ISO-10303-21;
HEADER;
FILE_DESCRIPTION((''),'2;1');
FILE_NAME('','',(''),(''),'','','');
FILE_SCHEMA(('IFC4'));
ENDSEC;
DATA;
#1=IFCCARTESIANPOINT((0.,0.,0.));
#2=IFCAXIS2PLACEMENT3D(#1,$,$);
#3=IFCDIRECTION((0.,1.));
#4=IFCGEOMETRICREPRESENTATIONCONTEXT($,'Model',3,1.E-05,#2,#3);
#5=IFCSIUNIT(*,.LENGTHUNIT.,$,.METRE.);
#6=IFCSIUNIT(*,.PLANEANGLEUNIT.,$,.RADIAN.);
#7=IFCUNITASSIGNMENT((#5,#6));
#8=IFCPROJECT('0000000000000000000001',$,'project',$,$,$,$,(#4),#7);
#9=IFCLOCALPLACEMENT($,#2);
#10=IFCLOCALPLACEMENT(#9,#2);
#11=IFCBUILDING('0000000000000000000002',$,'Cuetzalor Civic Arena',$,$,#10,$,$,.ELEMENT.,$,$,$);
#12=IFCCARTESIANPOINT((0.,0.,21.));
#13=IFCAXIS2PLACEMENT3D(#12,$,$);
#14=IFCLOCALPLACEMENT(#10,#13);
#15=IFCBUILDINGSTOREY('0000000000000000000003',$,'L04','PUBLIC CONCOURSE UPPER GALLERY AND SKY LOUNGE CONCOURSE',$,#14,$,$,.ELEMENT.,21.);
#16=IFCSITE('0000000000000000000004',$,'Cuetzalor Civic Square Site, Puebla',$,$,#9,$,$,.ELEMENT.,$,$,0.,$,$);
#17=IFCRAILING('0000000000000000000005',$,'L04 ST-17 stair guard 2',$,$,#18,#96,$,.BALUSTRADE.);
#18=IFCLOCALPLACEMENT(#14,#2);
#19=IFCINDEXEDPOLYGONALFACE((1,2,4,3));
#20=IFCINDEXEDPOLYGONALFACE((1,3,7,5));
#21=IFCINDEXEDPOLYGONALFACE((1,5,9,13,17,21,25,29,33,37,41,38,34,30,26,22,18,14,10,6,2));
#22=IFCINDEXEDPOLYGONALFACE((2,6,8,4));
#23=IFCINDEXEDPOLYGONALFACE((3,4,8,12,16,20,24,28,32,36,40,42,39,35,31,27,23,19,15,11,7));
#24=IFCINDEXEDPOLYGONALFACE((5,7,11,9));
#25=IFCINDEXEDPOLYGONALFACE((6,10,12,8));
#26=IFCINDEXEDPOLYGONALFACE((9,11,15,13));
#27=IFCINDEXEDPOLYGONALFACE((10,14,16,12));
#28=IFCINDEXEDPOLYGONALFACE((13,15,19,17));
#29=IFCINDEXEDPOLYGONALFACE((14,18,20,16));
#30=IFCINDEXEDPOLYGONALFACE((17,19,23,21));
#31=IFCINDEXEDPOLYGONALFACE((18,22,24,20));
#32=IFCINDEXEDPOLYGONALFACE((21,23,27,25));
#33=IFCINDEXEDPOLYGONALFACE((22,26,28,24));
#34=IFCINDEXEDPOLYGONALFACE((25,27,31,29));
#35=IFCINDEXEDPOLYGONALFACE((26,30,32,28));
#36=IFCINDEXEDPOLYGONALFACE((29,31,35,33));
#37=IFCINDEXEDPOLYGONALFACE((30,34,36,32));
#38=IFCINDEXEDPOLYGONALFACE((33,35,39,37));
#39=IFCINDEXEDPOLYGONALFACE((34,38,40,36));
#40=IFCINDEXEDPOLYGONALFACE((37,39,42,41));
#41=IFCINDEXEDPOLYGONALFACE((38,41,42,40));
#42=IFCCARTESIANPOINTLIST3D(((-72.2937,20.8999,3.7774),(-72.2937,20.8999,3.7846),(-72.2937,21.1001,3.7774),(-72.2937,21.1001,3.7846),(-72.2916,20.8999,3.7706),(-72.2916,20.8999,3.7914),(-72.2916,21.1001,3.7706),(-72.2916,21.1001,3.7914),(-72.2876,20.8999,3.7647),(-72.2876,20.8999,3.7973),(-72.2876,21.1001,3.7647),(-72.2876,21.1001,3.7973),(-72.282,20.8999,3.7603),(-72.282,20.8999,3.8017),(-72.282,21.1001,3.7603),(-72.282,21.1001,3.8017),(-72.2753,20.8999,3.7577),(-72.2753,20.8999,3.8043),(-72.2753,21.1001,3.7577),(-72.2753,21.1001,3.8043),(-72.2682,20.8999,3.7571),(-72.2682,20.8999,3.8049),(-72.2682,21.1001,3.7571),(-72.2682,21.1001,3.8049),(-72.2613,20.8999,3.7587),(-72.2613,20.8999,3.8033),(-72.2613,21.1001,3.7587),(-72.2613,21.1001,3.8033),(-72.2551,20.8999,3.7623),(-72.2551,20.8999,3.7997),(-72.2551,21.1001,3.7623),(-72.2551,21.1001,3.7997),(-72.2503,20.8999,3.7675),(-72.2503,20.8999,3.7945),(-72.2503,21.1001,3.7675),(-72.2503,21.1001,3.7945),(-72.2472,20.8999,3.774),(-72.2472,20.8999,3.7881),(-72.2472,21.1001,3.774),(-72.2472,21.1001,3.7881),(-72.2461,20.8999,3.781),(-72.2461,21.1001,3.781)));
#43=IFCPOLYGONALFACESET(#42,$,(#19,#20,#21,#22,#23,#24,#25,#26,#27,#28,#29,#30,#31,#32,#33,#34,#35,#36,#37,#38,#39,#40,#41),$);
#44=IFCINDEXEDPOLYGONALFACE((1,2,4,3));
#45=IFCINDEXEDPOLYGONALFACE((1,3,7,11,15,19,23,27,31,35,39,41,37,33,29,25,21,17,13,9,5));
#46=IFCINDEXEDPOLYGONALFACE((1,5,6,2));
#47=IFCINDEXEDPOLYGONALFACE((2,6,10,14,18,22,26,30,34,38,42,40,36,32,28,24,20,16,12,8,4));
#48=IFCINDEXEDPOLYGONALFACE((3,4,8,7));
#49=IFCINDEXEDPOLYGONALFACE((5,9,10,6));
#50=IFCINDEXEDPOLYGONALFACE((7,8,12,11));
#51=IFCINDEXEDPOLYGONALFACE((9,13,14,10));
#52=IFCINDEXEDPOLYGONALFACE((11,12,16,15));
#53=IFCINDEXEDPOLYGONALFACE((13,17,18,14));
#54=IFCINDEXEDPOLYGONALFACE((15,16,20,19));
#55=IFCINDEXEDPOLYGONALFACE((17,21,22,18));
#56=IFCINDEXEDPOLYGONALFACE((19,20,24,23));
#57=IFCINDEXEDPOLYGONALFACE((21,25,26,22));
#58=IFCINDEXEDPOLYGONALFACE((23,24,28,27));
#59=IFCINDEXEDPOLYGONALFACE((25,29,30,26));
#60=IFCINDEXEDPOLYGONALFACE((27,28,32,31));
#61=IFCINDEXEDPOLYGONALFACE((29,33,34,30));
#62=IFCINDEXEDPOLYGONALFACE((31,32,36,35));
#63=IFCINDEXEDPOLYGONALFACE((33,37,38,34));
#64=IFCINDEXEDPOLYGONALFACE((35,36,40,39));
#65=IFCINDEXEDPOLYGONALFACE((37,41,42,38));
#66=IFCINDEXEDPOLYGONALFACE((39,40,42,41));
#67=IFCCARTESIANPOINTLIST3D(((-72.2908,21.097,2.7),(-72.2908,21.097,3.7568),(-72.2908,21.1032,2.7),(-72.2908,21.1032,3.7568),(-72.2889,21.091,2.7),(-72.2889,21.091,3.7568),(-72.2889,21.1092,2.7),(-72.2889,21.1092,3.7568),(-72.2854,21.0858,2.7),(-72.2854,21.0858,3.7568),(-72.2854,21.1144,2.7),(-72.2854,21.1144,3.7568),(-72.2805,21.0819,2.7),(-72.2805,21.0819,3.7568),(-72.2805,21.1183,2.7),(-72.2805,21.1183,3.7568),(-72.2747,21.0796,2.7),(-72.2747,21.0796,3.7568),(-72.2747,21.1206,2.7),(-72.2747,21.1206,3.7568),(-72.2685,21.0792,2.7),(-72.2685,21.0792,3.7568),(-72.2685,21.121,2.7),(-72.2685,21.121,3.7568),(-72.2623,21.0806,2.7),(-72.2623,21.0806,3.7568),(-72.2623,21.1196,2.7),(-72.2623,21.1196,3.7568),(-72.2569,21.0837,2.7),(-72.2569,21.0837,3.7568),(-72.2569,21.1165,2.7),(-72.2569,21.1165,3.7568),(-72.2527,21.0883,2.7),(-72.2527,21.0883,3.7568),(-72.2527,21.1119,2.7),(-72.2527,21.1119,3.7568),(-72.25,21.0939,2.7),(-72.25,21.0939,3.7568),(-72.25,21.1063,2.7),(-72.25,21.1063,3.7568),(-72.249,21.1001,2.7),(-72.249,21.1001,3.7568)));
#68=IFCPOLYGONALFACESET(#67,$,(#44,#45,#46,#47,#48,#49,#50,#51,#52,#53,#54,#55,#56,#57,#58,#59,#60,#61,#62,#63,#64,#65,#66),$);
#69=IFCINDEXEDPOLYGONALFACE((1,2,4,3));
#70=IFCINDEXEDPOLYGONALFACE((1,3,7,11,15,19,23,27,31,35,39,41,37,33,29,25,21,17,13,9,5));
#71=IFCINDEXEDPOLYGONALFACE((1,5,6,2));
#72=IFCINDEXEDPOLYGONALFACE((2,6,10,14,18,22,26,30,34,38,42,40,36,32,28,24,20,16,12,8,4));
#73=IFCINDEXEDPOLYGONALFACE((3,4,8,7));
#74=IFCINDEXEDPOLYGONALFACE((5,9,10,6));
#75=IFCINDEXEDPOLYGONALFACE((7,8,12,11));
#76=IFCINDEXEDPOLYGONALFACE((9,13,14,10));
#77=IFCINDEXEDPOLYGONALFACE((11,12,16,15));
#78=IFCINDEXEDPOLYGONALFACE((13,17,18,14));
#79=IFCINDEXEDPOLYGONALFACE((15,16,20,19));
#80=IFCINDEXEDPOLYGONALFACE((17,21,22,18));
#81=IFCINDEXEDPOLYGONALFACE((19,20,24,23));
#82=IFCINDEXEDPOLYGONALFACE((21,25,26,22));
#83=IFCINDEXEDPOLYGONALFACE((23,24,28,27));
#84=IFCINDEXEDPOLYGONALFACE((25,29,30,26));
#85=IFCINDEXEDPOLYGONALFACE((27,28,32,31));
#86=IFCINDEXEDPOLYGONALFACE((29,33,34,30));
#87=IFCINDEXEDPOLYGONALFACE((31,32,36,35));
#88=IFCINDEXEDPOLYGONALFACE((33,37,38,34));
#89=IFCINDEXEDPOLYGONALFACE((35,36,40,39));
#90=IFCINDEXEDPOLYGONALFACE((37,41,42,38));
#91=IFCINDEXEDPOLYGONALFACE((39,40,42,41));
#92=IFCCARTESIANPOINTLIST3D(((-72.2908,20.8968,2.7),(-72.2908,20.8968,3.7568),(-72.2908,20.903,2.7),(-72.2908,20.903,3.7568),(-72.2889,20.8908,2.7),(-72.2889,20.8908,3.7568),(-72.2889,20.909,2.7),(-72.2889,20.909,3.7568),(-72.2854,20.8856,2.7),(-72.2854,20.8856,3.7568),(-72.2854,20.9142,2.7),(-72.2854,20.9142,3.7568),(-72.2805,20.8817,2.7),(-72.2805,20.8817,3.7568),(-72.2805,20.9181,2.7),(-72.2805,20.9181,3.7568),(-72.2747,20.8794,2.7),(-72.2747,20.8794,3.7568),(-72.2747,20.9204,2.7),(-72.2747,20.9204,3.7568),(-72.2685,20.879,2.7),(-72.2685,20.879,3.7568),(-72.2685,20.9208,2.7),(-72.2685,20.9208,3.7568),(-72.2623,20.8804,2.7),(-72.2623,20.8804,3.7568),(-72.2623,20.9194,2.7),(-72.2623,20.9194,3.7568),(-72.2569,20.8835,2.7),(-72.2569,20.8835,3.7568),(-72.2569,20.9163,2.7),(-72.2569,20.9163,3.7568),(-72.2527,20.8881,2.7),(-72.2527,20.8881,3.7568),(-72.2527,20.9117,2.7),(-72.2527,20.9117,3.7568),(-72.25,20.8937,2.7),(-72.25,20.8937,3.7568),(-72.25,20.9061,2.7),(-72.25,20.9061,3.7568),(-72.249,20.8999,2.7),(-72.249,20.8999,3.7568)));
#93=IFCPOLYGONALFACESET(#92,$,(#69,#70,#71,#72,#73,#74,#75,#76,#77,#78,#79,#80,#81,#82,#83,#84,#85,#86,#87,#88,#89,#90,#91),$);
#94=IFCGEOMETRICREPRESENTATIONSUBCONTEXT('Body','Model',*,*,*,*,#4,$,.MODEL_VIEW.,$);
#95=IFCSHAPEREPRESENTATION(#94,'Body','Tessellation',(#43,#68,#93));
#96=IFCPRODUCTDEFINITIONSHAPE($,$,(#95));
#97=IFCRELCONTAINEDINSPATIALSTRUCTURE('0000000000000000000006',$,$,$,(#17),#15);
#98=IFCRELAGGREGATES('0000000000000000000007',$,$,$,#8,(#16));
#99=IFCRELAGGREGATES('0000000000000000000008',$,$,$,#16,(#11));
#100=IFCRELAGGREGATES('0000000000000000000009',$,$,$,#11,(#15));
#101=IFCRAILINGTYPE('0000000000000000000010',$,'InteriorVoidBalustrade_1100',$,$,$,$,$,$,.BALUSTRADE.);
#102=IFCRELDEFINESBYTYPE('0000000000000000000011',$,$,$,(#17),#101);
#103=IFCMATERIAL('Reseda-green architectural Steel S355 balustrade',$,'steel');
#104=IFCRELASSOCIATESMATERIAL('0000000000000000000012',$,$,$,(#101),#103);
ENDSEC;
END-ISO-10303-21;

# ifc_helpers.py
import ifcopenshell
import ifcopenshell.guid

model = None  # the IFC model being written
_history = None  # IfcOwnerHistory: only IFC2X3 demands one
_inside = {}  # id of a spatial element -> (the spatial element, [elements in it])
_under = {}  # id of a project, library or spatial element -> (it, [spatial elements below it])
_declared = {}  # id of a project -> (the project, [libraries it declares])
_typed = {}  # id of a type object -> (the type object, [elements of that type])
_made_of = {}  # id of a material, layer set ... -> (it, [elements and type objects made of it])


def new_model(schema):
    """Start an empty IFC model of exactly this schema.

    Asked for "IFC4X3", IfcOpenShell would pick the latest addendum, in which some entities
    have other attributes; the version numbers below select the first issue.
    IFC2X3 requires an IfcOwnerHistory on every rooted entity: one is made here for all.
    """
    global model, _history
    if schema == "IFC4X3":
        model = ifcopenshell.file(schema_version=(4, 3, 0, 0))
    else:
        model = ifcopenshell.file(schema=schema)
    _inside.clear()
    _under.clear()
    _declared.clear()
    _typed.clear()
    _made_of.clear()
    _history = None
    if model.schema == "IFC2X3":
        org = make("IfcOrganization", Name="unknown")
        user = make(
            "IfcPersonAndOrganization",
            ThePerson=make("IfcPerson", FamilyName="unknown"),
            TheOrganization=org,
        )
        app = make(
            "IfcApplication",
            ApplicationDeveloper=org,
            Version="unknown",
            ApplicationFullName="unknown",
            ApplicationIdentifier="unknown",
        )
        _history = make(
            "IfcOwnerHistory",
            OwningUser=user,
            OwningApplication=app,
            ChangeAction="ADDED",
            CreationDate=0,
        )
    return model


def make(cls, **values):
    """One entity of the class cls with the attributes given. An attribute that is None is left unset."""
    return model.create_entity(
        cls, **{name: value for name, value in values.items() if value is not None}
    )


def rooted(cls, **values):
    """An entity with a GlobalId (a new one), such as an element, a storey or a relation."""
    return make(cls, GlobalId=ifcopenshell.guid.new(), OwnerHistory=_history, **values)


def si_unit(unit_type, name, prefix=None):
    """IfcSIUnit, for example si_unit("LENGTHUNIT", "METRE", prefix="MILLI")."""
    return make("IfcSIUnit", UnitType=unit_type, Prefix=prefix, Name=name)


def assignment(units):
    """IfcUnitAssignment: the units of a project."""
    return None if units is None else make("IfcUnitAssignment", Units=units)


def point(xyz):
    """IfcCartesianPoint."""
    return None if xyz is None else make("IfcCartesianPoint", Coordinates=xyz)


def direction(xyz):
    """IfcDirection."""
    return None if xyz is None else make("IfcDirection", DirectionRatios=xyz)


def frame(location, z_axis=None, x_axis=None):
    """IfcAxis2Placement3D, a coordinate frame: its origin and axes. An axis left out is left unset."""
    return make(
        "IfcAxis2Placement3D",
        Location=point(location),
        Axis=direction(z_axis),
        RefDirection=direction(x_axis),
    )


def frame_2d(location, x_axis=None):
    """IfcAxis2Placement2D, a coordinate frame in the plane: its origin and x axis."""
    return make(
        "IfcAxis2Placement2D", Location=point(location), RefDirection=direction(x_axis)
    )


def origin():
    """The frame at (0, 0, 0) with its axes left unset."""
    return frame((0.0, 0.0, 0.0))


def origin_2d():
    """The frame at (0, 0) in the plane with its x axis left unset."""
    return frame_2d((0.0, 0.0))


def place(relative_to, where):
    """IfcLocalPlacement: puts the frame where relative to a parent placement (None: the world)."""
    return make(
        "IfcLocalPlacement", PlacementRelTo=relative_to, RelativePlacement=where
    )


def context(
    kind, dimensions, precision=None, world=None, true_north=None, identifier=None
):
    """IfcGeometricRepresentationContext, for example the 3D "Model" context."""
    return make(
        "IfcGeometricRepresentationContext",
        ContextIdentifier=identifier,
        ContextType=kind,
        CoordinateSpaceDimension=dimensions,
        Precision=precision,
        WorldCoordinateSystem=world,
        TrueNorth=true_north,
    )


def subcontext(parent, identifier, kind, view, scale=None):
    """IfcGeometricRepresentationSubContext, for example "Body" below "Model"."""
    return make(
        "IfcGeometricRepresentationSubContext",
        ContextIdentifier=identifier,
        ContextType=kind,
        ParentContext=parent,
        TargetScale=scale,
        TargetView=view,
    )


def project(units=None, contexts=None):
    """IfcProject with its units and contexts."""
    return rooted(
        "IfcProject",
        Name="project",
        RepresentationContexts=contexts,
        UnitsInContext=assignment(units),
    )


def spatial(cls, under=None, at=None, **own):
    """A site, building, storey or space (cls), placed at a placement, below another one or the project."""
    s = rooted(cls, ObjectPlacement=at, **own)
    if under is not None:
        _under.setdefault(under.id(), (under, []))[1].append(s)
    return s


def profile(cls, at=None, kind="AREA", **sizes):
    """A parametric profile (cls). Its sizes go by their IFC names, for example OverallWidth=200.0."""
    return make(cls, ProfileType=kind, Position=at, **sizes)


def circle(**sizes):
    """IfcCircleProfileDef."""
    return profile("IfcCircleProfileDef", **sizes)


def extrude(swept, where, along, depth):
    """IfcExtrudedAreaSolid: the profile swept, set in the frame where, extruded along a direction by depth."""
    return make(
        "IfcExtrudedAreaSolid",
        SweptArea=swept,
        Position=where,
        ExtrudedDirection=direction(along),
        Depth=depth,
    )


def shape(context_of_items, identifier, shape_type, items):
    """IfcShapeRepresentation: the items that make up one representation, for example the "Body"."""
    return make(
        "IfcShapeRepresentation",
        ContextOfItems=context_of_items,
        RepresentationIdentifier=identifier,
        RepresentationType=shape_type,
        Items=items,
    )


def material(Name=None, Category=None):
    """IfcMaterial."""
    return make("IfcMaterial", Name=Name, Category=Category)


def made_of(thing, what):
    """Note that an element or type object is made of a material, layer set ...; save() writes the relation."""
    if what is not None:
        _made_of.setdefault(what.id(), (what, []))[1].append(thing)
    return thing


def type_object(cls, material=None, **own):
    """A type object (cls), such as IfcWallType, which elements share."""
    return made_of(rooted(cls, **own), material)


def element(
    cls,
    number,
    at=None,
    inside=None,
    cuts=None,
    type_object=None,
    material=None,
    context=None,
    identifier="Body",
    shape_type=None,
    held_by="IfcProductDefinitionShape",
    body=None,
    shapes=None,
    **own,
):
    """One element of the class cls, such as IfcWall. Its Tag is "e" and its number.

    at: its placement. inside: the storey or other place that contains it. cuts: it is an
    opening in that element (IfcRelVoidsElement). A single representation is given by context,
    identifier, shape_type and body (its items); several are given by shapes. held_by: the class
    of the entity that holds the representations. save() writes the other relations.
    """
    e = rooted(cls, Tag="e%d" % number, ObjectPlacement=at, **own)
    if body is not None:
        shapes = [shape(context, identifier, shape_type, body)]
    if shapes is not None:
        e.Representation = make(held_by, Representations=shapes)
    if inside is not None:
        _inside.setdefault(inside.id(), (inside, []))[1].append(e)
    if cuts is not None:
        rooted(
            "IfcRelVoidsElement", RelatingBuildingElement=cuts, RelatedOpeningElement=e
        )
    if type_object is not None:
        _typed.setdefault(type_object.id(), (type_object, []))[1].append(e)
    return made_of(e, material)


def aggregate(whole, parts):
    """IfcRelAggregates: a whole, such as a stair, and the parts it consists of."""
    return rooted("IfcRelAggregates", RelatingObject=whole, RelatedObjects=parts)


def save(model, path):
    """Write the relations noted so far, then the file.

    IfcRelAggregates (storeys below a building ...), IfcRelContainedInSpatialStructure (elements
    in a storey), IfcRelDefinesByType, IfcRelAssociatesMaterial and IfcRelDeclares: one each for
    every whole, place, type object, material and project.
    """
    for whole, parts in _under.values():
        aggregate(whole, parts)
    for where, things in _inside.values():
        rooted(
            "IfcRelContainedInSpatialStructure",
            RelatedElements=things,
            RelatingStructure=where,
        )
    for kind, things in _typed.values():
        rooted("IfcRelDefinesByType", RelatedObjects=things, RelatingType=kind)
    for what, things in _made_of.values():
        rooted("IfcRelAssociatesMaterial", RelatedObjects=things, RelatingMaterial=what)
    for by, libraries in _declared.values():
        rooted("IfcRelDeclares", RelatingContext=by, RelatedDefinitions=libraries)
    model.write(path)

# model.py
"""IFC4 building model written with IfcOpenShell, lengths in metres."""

from ifc_helpers import new_model, si_unit, direction, frame, origin, origin_2d, place, context, subcontext, project, spatial, circle, extrude, material, type_object, element, save


model = new_model("IFC4")

# Units and contexts
model_context = context("Model", 3, precision=1e-05, world=origin(), true_north=direction((0.0, 1.0)))
body_context = subcontext(model_context, "Body", "Model", "MODEL_VIEW")
ifc_project = project(units=[si_unit("LENGTHUNIT", "METRE"), si_unit("PLANEANGLEUNIT", "RADIAN")], contexts=[model_context])

# Site, building, storey
site_placement = place(None, origin())
site = spatial("IfcSite", under=ifc_project, at=site_placement, Name="Cuetzalor Civic Square Site, Puebla", CompositionType="ELEMENT", RefElevation=0.0)
building_placement = place(site_placement, origin())
building = spatial("IfcBuilding", under=site, at=building_placement, Name="Cuetzalor Civic Arena", CompositionType="ELEMENT")
storey_placement = place(building_placement, frame((0.0, 0.0, 21.0)))
storey = spatial("IfcBuildingStorey", under=building, at=storey_placement, Name="L04", Description="PUBLIC CONCOURSE UPPER GALLERY AND SKY LOUNGE CONCOURSE", CompositionType="ELEMENT", Elevation=21.0)

# Railing
ifc_material_1 = material(Name="Reseda-green architectural Steel S355 balustrade", Category="steel")
railing_type_1 = type_object("IfcRailingType", Name="InteriorVoidBalustrade_1100", PredefinedType="BALUSTRADE", material=ifc_material_1)
railing_1_placement = place(storey_placement, frame((-72.27, 21.1001, 2.7)))
element("IfcRailing", 1, at=railing_1_placement, inside=storey, type_object=railing_type_1, Name="L04 ST-17 stair guard 2", PredefinedType="BALUSTRADE", context=body_context, shape_type="SweptSolid", body=[
    extrude(circle(Radius=0.0239, at=origin_2d()), frame((0.0, 0.0, 1.0811), z_axis=(0.0, -1.0, 0.0), x_axis=(1.0, 0.0, 0.0)), (0.0, 0.0, 1.0), 0.2002),
    extrude(circle(Radius=0.021, at=origin_2d()), origin(), (0.0, 0.0, 1.0), 1.0569),
    extrude(circle(Radius=0.021, at=origin_2d()), frame((0.0, -0.2002, 0.0)), (0.0, 0.0, 1.0), 1.0569),
])

save(model, "model.ifc")
